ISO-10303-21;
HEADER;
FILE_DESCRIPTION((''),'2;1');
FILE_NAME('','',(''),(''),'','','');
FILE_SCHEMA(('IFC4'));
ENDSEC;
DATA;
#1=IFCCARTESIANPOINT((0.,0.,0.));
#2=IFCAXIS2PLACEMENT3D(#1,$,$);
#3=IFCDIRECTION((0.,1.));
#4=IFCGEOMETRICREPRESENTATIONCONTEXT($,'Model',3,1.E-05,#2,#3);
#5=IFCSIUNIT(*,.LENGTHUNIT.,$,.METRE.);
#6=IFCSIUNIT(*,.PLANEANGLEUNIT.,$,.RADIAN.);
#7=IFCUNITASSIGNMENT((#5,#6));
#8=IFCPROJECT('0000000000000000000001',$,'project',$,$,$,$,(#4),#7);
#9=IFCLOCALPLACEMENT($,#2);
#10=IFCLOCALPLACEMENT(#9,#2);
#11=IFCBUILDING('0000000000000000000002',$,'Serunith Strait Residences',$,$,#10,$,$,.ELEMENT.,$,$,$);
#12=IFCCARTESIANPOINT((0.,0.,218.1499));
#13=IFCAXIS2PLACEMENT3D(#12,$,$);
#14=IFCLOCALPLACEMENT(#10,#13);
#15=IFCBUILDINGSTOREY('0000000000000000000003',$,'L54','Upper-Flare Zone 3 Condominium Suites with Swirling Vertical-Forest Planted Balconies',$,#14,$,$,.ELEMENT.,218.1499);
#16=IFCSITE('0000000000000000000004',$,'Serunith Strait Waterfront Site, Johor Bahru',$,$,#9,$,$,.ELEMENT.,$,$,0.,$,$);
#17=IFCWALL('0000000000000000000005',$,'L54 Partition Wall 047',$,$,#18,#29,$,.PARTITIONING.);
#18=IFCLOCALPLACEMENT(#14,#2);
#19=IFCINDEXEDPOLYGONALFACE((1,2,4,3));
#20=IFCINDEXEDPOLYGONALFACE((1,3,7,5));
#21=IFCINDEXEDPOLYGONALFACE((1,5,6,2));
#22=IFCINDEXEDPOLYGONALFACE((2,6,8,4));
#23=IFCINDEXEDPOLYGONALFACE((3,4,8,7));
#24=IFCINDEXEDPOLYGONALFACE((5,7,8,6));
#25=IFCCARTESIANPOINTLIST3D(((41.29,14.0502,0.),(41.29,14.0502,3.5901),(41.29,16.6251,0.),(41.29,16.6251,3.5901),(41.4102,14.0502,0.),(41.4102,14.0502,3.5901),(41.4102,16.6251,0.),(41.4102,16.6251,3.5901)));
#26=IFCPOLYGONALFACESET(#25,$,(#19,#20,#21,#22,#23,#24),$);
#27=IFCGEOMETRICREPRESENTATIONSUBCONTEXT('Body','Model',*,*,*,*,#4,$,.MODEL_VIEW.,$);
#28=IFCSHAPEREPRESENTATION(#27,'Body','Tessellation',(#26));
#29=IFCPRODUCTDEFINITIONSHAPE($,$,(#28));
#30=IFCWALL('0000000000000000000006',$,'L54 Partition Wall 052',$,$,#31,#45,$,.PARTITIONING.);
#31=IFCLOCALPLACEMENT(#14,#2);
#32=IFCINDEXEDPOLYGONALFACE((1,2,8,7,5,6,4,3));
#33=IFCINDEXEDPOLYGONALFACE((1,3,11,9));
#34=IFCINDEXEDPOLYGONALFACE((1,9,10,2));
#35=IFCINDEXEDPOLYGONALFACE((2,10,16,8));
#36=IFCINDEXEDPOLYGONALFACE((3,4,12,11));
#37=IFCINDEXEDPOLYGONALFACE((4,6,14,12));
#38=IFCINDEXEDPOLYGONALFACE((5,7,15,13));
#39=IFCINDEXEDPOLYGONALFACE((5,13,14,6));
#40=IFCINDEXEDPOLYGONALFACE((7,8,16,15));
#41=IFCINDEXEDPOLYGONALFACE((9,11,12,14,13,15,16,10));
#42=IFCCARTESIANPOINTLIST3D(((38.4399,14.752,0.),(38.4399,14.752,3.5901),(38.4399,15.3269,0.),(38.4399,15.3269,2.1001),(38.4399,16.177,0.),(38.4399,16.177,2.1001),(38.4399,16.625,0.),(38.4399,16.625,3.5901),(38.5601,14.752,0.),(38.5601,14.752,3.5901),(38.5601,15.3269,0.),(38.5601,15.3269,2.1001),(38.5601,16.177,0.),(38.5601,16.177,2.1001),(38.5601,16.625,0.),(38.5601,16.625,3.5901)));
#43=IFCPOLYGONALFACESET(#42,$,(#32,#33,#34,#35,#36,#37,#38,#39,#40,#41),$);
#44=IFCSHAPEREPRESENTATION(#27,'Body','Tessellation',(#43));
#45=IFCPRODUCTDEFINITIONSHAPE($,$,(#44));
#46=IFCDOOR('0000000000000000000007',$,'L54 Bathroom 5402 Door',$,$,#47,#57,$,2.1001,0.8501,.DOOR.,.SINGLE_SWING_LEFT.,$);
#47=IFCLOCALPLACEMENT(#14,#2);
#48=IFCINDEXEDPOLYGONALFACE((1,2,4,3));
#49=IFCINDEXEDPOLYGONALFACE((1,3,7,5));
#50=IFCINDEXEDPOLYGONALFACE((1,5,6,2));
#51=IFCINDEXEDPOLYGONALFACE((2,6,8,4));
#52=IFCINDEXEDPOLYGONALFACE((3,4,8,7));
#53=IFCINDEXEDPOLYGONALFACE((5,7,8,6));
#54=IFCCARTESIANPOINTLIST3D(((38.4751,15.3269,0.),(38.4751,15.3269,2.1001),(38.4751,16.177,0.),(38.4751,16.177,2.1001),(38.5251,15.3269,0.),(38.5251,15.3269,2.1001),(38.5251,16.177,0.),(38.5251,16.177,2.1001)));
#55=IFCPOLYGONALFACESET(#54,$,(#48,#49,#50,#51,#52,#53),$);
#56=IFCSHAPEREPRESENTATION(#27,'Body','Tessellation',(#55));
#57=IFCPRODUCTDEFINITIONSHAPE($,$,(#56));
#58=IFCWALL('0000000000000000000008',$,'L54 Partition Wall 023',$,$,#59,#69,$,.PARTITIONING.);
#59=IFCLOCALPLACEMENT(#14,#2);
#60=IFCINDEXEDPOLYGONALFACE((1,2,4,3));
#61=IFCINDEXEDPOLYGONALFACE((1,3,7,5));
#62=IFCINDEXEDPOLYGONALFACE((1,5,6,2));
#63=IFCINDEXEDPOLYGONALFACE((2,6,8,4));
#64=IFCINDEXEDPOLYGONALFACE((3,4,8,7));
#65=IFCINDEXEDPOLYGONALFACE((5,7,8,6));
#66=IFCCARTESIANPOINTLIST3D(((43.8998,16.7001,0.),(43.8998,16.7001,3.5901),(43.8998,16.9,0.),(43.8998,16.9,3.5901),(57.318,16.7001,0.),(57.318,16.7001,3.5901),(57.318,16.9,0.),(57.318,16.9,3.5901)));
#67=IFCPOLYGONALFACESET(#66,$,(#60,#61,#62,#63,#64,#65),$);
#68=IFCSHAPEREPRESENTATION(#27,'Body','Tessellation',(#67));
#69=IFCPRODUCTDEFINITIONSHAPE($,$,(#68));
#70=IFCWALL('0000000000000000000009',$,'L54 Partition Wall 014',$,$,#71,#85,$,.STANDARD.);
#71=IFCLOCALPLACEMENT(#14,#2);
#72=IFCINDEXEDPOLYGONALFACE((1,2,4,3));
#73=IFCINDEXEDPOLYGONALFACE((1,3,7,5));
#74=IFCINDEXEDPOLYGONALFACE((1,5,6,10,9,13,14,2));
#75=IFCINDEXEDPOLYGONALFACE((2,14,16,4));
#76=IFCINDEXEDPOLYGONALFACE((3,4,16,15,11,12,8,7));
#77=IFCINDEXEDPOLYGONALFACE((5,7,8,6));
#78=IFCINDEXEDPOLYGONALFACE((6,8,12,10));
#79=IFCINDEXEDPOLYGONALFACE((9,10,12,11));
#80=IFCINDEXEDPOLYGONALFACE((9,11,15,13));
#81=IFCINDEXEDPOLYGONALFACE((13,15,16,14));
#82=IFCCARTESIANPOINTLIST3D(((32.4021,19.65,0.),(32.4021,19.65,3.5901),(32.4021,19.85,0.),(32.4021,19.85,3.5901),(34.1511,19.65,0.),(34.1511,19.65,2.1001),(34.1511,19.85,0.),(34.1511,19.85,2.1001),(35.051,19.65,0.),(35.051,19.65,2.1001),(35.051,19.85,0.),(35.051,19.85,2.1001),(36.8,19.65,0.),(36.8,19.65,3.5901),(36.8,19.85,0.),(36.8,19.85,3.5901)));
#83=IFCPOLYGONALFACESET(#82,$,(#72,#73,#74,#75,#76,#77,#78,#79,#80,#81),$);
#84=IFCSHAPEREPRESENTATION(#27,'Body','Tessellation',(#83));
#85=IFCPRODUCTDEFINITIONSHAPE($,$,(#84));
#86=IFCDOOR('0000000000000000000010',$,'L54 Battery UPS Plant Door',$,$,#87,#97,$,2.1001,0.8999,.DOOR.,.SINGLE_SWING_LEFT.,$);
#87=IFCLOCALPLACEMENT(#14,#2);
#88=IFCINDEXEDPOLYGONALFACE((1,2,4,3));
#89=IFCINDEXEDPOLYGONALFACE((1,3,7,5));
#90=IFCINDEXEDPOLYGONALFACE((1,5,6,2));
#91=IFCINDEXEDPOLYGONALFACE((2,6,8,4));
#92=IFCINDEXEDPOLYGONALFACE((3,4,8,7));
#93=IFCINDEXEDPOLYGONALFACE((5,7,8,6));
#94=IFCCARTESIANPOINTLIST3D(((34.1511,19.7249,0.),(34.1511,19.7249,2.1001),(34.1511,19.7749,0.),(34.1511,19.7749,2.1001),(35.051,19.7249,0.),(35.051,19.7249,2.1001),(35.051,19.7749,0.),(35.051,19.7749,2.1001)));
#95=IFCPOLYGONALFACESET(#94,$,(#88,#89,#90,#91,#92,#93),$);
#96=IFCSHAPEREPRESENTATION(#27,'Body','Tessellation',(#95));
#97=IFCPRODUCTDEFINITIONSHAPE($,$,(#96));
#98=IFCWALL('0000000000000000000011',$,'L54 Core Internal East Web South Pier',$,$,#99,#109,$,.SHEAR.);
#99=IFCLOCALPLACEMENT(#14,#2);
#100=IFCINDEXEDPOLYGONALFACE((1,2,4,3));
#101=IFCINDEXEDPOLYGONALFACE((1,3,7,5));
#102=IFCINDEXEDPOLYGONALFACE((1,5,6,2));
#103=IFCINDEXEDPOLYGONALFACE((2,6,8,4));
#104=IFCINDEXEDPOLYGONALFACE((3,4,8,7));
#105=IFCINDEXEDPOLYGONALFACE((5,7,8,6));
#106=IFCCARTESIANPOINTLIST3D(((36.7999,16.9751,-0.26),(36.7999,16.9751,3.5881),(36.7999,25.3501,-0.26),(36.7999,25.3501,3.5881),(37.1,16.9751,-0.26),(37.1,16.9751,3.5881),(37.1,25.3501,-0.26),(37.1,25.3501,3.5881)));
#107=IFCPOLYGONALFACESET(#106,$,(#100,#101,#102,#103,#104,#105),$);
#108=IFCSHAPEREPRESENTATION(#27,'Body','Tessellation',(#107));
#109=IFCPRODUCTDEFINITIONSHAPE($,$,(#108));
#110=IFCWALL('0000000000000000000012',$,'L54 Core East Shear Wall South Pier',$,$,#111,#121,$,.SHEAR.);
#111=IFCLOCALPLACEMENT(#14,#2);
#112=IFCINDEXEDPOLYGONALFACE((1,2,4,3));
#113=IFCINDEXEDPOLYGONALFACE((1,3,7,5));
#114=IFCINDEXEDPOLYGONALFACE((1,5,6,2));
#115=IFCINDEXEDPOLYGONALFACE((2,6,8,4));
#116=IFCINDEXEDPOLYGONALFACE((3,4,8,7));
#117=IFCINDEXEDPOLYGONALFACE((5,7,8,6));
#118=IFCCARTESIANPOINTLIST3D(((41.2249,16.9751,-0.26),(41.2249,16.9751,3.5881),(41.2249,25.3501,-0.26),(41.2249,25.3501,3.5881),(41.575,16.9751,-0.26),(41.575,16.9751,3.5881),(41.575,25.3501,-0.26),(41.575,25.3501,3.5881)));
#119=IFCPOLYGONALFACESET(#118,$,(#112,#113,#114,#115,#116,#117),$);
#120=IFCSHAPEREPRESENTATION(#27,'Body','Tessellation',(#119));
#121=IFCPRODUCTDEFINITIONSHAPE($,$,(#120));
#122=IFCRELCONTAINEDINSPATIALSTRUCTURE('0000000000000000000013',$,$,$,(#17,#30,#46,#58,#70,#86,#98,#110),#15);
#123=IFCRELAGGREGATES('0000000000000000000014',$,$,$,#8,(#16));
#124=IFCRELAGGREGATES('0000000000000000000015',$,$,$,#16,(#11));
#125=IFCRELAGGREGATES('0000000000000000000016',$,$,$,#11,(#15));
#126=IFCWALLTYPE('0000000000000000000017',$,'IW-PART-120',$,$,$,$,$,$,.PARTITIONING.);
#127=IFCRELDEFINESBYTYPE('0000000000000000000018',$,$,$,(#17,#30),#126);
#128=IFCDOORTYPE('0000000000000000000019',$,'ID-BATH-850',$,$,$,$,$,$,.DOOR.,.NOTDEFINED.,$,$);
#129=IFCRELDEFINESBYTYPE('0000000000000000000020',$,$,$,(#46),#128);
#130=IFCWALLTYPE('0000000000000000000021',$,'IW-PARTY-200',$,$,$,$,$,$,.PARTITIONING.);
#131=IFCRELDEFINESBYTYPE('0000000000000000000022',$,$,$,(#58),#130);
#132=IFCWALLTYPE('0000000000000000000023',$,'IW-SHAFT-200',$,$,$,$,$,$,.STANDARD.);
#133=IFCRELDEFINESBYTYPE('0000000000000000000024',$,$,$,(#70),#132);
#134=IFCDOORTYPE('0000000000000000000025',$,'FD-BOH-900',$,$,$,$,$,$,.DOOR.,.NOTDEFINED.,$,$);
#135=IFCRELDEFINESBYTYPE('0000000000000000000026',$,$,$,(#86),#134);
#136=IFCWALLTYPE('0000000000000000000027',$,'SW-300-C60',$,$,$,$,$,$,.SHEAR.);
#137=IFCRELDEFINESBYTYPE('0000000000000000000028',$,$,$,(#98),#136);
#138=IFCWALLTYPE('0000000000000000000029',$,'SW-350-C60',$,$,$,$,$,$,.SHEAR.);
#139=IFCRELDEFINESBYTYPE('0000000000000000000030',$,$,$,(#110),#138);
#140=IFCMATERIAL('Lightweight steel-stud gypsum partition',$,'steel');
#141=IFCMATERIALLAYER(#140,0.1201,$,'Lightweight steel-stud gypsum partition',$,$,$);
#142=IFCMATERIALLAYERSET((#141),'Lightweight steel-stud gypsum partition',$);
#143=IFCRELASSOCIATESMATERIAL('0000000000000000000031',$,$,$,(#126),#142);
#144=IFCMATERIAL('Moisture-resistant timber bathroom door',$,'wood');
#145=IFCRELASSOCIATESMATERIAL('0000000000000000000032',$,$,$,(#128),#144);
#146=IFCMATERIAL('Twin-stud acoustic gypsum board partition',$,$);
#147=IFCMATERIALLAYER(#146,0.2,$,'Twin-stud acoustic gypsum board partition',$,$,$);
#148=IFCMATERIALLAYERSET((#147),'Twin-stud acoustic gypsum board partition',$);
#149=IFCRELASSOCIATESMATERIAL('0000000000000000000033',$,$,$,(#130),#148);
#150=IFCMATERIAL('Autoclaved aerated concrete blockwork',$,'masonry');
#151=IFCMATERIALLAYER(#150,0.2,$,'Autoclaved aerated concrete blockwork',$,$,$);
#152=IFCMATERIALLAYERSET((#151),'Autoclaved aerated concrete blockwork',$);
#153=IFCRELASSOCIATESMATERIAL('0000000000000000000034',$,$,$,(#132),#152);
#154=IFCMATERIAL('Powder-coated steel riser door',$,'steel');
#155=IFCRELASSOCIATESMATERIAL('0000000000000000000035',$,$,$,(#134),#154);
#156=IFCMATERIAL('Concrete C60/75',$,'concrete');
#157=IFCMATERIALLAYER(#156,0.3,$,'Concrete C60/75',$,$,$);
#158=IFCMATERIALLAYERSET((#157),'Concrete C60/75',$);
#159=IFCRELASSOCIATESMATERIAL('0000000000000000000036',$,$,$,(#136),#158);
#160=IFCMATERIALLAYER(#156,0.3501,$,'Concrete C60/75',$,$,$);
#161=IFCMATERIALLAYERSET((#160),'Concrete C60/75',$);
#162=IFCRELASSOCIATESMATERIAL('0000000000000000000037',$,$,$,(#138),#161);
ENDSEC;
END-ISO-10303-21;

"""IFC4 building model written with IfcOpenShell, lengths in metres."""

from ifc_helpers import new_model, si_unit, direction, frame, frame_2d, origin, place, context, subcontext, project, spatial, rectangle, extrude, source, transform, mapped, material, layer, layer_set, type_object, element, fill, save


model = new_model("IFC4")

# Units and contexts
model_context = context("Model", 3, precision=1e-05, world=origin(), true_north=direction((0.0, 1.0)))
body_context = subcontext(model_context, "Body", "Model", "MODEL_VIEW")
ifc_project = project(units=[si_unit("LENGTHUNIT", "METRE"), si_unit("PLANEANGLEUNIT", "RADIAN")], contexts=[model_context])

# Site, building, storey
site_placement = place(None, origin())
site = spatial("IfcSite", under=ifc_project, at=site_placement, Name="Serunith Strait Waterfront Site, Johor Bahru", CompositionType="ELEMENT", RefElevation=0.0)
building_placement = place(site_placement, origin())
building = spatial("IfcBuilding", under=site, at=building_placement, Name="Serunith Strait Residences", CompositionType="ELEMENT")
storey_placement = place(building_placement, frame((0.0, 0.0, 218.1499)))
storey = spatial("IfcBuildingStorey", under=building, at=storey_placement, Name="L54", Description="Upper-Flare Zone 3 Condominium Suites with Swirling Vertical-Forest Planted Balconies", CompositionType="ELEMENT", Elevation=218.1499)

# Shared definitions
ifc_material_1 = material(Name="Concrete C60/75", Category="concrete")

# Wall
ifc_material_2 = material(Name="Lightweight steel-stud gypsum partition", Category="steel")
ifc_layer_1 = layer(ifc_material_2, 0.1201, Name="Lightweight steel-stud gypsum partition")
ifc_layer_set_1 = layer_set([ifc_layer_1], Name="Lightweight steel-stud gypsum partition")
wall_type_1 = type_object("IfcWallType", Name="IW-PART-120", PredefinedType="PARTITIONING", material=ifc_layer_set_1)
wall_1_placement = place(storey_placement, frame((41.3501, 14.05, 0.0), z_axis=(0.0, 0.0, 1.0), x_axis=(0.0, 1.0, 0.0)))
element("IfcWall", 1, at=wall_1_placement, inside=storey, type_object=wall_type_1, Name="L54 Partition Wall 047", PredefinedType="PARTITIONING", context=body_context, shape_type="SweptSolid", body=[
    extrude(rectangle(XDim=2.575, YDim=0.1201, at=frame_2d((1.2876, 0.0))), origin(), (0.0, 0.0, 1.0), 3.5901),
])

# Wall, opening, door
wall_2_placement = place(storey_placement, frame((38.5, 14.752, 0.0), z_axis=(0.0, 0.0, 1.0), x_axis=(0.0, 1.0, 0.0)))
wall_2 = element("IfcWall", 2, at=wall_2_placement, inside=storey, type_object=wall_type_1, Name="L54 Partition Wall 052", PredefinedType="PARTITIONING", context=body_context, shape_type="SweptSolid", body=[
    extrude(rectangle(XDim=1.873, YDim=0.1201, at=frame_2d((0.9365, 0.0))), origin(), (0.0, 0.0, 1.0), 3.5901),
])
opening_1_placement = place(wall_2_placement, frame((0.575, 0.0, 0.0)))
opening_1 = element("IfcOpeningElement", 3, at=opening_1_placement, cuts=wall_2, PredefinedType="OPENING", context=body_context, shape_type="SweptSolid", body=[
    extrude(rectangle(XDim=0.8501, YDim=2.1001, at=frame_2d((0.425, 1.05))), frame((0.0, 0.0701, 0.0), z_axis=(0.0, -1.0, 0.0), x_axis=(1.0, 0.0, 0.0)), (0.0, 0.0, 1.0), 0.1401),
])
ifc_material_3 = material(Name="Moisture-resistant timber bathroom door", Category="wood")
door_type_1 = type_object("IfcDoorType", Name="ID-BATH-850", OperationType="NOTDEFINED", PredefinedType="DOOR", material=ifc_material_3)
shared_shape_1 = source(origin(), body_context, "Body", "SweptSolid", [
    extrude(rectangle(XDim=0.8501, YDim=2.1001, at=frame_2d((0.425, 1.05))), frame((0.0, 0.0249, 0.0), z_axis=(0.0, -1.0, 0.0), x_axis=(1.0, 0.0, 0.0)), (0.0, 0.0, 1.0), 0.05),
])
door_1_placement = place(opening_1_placement, origin())
door_1 = element("IfcDoor", 4, at=door_1_placement, inside=storey, type_object=door_type_1, Name="L54 Bathroom 5402 Door", OperationType="SINGLE_SWING_LEFT", OverallHeight=2.1001, OverallWidth=0.8501, PredefinedType="DOOR", context=body_context, shape_type="MappedRepresentation", body=[
    mapped(shared_shape_1, transform((0.0, 0.0, 0.0), scale=1.0)),
])
fill(opening_1, door_1)

# Wall
ifc_material_4 = material(Name="Twin-stud acoustic gypsum board partition")
ifc_layer_2 = layer(ifc_material_4, 0.2, Name="Twin-stud acoustic gypsum board partition")
ifc_layer_set_2 = layer_set([ifc_layer_2], Name="Twin-stud acoustic gypsum board partition")
wall_type_2 = type_object("IfcWallType", Name="IW-PARTY-200", PredefinedType="PARTITIONING", material=ifc_layer_set_2)
wall_3_placement = place(storey_placement, frame((43.8999, 16.8, 0.0), z_axis=(0.0, 0.0, 1.0), x_axis=(1.0, 0.0, 0.0)))
element("IfcWall", 5, at=wall_3_placement, inside=storey, type_object=wall_type_2, Name="L54 Partition Wall 023", PredefinedType="PARTITIONING", context=body_context, shape_type="SweptSolid", body=[
    extrude(rectangle(XDim=13.4182, YDim=0.2, at=frame_2d((6.709, 0.0))), origin(), (0.0, 0.0, 1.0), 3.5901),
])

# Wall, opening, door
ifc_material_5 = material(Name="Autoclaved aerated concrete blockwork", Category="masonry")
ifc_layer_3 = layer(ifc_material_5, 0.2, Name="Autoclaved aerated concrete blockwork")
ifc_layer_set_3 = layer_set([ifc_layer_3], Name="Autoclaved aerated concrete blockwork")
wall_type_3 = type_object("IfcWallType", Name="IW-SHAFT-200", PredefinedType="STANDARD", material=ifc_layer_set_3)
wall_4_placement = place(storey_placement, frame((32.4021, 19.75, 0.0), z_axis=(0.0, 0.0, 1.0), x_axis=(1.0, 0.0, 0.0)))
wall_4 = element("IfcWall", 6, at=wall_4_placement, inside=storey, type_object=wall_type_3, Name="L54 Partition Wall 014", PredefinedType="STANDARD", context=body_context, shape_type="SweptSolid", body=[
    extrude(rectangle(XDim=4.3979, YDim=0.2, at=frame_2d((2.199, 0.0))), origin(), (0.0, 0.0, 1.0), 3.5901),
])
opening_2_placement = place(wall_4_placement, frame((1.749, 0.0, 0.0)))
opening_2 = element("IfcOpeningElement", 7, at=opening_2_placement, cuts=wall_4, PredefinedType="OPENING", context=body_context, shape_type="SweptSolid", body=[
    extrude(rectangle(XDim=0.8999, YDim=2.1001, at=frame_2d((0.45, 1.05))), frame((0.0, 0.1099, 0.0), z_axis=(0.0, -1.0, 0.0), x_axis=(1.0, 0.0, 0.0)), (0.0, 0.0, 1.0), 0.22),
])
ifc_material_6 = material(Name="Powder-coated steel riser door", Category="steel")
door_type_2 = type_object("IfcDoorType", Name="FD-BOH-900", OperationType="NOTDEFINED", PredefinedType="DOOR", material=ifc_material_6)
shared_shape_2 = source(origin(), body_context, "Body", "SweptSolid", [
    extrude(rectangle(XDim=0.8999, YDim=2.1001, at=frame_2d((0.45, 1.05))), frame((0.0, 0.0249, 0.0), z_axis=(0.0, -1.0, 0.0), x_axis=(1.0, 0.0, 0.0)), (0.0, 0.0, 1.0), 0.05),
])
door_2_placement = place(opening_2_placement, origin())
door_2 = element("IfcDoor", 8, at=door_2_placement, inside=storey, type_object=door_type_2, Name="L54 Battery UPS Plant Door", OperationType="SINGLE_SWING_LEFT", OverallHeight=2.1001, OverallWidth=0.8999, PredefinedType="DOOR", context=body_context, shape_type="MappedRepresentation", body=[
    mapped(shared_shape_2, transform((0.0, 0.0, 0.0), scale=1.0)),
])
fill(opening_2, door_2)

# Walls
ifc_layer_4 = layer(ifc_material_1, 0.3, Name="Concrete C60/75")
ifc_layer_set_4 = layer_set([ifc_layer_4], Name="Concrete C60/75")
wall_type_4 = type_object("IfcWallType", Name="SW-300-C60", PredefinedType="SHEAR", material=ifc_layer_set_4)
wall_5_placement = place(storey_placement, frame((36.95, 16.9751, -0.26), z_axis=(0.0, 0.0, 1.0), x_axis=(0.0, 1.0, 0.0)))
element("IfcWall", 9, at=wall_5_placement, inside=storey, type_object=wall_type_4, Name="L54 Core Internal East Web South Pier", PredefinedType="SHEAR", context=body_context, shape_type="SweptSolid", body=[
    extrude(rectangle(XDim=8.375, YDim=0.3, at=frame_2d((4.1875, 0.0))), origin(), (0.0, 0.0, 1.0), 3.8481),
])
ifc_layer_5 = layer(ifc_material_1, 0.3501, Name="Concrete C60/75")
ifc_layer_set_5 = layer_set([ifc_layer_5], Name="Concrete C60/75")
wall_type_5 = type_object("IfcWallType", Name="SW-350-C60", PredefinedType="SHEAR", material=ifc_layer_set_5)
wall_6_placement = place(storey_placement, frame((41.3999, 16.9751, -0.26), z_axis=(0.0, 0.0, 1.0), x_axis=(0.0, 1.0, 0.0)))
element("IfcWall", 10, at=wall_6_placement, inside=storey, type_object=wall_type_5, Name="L54 Core East Shear Wall South Pier", PredefinedType="SHEAR", context=body_context, shape_type="SweptSolid", body=[
    extrude(rectangle(XDim=8.375, YDim=0.3501, at=frame_2d((4.1875, 0.0))), origin(), (0.0, 0.0, 1.0), 3.8481),
])

save(model, "model.ifc")
